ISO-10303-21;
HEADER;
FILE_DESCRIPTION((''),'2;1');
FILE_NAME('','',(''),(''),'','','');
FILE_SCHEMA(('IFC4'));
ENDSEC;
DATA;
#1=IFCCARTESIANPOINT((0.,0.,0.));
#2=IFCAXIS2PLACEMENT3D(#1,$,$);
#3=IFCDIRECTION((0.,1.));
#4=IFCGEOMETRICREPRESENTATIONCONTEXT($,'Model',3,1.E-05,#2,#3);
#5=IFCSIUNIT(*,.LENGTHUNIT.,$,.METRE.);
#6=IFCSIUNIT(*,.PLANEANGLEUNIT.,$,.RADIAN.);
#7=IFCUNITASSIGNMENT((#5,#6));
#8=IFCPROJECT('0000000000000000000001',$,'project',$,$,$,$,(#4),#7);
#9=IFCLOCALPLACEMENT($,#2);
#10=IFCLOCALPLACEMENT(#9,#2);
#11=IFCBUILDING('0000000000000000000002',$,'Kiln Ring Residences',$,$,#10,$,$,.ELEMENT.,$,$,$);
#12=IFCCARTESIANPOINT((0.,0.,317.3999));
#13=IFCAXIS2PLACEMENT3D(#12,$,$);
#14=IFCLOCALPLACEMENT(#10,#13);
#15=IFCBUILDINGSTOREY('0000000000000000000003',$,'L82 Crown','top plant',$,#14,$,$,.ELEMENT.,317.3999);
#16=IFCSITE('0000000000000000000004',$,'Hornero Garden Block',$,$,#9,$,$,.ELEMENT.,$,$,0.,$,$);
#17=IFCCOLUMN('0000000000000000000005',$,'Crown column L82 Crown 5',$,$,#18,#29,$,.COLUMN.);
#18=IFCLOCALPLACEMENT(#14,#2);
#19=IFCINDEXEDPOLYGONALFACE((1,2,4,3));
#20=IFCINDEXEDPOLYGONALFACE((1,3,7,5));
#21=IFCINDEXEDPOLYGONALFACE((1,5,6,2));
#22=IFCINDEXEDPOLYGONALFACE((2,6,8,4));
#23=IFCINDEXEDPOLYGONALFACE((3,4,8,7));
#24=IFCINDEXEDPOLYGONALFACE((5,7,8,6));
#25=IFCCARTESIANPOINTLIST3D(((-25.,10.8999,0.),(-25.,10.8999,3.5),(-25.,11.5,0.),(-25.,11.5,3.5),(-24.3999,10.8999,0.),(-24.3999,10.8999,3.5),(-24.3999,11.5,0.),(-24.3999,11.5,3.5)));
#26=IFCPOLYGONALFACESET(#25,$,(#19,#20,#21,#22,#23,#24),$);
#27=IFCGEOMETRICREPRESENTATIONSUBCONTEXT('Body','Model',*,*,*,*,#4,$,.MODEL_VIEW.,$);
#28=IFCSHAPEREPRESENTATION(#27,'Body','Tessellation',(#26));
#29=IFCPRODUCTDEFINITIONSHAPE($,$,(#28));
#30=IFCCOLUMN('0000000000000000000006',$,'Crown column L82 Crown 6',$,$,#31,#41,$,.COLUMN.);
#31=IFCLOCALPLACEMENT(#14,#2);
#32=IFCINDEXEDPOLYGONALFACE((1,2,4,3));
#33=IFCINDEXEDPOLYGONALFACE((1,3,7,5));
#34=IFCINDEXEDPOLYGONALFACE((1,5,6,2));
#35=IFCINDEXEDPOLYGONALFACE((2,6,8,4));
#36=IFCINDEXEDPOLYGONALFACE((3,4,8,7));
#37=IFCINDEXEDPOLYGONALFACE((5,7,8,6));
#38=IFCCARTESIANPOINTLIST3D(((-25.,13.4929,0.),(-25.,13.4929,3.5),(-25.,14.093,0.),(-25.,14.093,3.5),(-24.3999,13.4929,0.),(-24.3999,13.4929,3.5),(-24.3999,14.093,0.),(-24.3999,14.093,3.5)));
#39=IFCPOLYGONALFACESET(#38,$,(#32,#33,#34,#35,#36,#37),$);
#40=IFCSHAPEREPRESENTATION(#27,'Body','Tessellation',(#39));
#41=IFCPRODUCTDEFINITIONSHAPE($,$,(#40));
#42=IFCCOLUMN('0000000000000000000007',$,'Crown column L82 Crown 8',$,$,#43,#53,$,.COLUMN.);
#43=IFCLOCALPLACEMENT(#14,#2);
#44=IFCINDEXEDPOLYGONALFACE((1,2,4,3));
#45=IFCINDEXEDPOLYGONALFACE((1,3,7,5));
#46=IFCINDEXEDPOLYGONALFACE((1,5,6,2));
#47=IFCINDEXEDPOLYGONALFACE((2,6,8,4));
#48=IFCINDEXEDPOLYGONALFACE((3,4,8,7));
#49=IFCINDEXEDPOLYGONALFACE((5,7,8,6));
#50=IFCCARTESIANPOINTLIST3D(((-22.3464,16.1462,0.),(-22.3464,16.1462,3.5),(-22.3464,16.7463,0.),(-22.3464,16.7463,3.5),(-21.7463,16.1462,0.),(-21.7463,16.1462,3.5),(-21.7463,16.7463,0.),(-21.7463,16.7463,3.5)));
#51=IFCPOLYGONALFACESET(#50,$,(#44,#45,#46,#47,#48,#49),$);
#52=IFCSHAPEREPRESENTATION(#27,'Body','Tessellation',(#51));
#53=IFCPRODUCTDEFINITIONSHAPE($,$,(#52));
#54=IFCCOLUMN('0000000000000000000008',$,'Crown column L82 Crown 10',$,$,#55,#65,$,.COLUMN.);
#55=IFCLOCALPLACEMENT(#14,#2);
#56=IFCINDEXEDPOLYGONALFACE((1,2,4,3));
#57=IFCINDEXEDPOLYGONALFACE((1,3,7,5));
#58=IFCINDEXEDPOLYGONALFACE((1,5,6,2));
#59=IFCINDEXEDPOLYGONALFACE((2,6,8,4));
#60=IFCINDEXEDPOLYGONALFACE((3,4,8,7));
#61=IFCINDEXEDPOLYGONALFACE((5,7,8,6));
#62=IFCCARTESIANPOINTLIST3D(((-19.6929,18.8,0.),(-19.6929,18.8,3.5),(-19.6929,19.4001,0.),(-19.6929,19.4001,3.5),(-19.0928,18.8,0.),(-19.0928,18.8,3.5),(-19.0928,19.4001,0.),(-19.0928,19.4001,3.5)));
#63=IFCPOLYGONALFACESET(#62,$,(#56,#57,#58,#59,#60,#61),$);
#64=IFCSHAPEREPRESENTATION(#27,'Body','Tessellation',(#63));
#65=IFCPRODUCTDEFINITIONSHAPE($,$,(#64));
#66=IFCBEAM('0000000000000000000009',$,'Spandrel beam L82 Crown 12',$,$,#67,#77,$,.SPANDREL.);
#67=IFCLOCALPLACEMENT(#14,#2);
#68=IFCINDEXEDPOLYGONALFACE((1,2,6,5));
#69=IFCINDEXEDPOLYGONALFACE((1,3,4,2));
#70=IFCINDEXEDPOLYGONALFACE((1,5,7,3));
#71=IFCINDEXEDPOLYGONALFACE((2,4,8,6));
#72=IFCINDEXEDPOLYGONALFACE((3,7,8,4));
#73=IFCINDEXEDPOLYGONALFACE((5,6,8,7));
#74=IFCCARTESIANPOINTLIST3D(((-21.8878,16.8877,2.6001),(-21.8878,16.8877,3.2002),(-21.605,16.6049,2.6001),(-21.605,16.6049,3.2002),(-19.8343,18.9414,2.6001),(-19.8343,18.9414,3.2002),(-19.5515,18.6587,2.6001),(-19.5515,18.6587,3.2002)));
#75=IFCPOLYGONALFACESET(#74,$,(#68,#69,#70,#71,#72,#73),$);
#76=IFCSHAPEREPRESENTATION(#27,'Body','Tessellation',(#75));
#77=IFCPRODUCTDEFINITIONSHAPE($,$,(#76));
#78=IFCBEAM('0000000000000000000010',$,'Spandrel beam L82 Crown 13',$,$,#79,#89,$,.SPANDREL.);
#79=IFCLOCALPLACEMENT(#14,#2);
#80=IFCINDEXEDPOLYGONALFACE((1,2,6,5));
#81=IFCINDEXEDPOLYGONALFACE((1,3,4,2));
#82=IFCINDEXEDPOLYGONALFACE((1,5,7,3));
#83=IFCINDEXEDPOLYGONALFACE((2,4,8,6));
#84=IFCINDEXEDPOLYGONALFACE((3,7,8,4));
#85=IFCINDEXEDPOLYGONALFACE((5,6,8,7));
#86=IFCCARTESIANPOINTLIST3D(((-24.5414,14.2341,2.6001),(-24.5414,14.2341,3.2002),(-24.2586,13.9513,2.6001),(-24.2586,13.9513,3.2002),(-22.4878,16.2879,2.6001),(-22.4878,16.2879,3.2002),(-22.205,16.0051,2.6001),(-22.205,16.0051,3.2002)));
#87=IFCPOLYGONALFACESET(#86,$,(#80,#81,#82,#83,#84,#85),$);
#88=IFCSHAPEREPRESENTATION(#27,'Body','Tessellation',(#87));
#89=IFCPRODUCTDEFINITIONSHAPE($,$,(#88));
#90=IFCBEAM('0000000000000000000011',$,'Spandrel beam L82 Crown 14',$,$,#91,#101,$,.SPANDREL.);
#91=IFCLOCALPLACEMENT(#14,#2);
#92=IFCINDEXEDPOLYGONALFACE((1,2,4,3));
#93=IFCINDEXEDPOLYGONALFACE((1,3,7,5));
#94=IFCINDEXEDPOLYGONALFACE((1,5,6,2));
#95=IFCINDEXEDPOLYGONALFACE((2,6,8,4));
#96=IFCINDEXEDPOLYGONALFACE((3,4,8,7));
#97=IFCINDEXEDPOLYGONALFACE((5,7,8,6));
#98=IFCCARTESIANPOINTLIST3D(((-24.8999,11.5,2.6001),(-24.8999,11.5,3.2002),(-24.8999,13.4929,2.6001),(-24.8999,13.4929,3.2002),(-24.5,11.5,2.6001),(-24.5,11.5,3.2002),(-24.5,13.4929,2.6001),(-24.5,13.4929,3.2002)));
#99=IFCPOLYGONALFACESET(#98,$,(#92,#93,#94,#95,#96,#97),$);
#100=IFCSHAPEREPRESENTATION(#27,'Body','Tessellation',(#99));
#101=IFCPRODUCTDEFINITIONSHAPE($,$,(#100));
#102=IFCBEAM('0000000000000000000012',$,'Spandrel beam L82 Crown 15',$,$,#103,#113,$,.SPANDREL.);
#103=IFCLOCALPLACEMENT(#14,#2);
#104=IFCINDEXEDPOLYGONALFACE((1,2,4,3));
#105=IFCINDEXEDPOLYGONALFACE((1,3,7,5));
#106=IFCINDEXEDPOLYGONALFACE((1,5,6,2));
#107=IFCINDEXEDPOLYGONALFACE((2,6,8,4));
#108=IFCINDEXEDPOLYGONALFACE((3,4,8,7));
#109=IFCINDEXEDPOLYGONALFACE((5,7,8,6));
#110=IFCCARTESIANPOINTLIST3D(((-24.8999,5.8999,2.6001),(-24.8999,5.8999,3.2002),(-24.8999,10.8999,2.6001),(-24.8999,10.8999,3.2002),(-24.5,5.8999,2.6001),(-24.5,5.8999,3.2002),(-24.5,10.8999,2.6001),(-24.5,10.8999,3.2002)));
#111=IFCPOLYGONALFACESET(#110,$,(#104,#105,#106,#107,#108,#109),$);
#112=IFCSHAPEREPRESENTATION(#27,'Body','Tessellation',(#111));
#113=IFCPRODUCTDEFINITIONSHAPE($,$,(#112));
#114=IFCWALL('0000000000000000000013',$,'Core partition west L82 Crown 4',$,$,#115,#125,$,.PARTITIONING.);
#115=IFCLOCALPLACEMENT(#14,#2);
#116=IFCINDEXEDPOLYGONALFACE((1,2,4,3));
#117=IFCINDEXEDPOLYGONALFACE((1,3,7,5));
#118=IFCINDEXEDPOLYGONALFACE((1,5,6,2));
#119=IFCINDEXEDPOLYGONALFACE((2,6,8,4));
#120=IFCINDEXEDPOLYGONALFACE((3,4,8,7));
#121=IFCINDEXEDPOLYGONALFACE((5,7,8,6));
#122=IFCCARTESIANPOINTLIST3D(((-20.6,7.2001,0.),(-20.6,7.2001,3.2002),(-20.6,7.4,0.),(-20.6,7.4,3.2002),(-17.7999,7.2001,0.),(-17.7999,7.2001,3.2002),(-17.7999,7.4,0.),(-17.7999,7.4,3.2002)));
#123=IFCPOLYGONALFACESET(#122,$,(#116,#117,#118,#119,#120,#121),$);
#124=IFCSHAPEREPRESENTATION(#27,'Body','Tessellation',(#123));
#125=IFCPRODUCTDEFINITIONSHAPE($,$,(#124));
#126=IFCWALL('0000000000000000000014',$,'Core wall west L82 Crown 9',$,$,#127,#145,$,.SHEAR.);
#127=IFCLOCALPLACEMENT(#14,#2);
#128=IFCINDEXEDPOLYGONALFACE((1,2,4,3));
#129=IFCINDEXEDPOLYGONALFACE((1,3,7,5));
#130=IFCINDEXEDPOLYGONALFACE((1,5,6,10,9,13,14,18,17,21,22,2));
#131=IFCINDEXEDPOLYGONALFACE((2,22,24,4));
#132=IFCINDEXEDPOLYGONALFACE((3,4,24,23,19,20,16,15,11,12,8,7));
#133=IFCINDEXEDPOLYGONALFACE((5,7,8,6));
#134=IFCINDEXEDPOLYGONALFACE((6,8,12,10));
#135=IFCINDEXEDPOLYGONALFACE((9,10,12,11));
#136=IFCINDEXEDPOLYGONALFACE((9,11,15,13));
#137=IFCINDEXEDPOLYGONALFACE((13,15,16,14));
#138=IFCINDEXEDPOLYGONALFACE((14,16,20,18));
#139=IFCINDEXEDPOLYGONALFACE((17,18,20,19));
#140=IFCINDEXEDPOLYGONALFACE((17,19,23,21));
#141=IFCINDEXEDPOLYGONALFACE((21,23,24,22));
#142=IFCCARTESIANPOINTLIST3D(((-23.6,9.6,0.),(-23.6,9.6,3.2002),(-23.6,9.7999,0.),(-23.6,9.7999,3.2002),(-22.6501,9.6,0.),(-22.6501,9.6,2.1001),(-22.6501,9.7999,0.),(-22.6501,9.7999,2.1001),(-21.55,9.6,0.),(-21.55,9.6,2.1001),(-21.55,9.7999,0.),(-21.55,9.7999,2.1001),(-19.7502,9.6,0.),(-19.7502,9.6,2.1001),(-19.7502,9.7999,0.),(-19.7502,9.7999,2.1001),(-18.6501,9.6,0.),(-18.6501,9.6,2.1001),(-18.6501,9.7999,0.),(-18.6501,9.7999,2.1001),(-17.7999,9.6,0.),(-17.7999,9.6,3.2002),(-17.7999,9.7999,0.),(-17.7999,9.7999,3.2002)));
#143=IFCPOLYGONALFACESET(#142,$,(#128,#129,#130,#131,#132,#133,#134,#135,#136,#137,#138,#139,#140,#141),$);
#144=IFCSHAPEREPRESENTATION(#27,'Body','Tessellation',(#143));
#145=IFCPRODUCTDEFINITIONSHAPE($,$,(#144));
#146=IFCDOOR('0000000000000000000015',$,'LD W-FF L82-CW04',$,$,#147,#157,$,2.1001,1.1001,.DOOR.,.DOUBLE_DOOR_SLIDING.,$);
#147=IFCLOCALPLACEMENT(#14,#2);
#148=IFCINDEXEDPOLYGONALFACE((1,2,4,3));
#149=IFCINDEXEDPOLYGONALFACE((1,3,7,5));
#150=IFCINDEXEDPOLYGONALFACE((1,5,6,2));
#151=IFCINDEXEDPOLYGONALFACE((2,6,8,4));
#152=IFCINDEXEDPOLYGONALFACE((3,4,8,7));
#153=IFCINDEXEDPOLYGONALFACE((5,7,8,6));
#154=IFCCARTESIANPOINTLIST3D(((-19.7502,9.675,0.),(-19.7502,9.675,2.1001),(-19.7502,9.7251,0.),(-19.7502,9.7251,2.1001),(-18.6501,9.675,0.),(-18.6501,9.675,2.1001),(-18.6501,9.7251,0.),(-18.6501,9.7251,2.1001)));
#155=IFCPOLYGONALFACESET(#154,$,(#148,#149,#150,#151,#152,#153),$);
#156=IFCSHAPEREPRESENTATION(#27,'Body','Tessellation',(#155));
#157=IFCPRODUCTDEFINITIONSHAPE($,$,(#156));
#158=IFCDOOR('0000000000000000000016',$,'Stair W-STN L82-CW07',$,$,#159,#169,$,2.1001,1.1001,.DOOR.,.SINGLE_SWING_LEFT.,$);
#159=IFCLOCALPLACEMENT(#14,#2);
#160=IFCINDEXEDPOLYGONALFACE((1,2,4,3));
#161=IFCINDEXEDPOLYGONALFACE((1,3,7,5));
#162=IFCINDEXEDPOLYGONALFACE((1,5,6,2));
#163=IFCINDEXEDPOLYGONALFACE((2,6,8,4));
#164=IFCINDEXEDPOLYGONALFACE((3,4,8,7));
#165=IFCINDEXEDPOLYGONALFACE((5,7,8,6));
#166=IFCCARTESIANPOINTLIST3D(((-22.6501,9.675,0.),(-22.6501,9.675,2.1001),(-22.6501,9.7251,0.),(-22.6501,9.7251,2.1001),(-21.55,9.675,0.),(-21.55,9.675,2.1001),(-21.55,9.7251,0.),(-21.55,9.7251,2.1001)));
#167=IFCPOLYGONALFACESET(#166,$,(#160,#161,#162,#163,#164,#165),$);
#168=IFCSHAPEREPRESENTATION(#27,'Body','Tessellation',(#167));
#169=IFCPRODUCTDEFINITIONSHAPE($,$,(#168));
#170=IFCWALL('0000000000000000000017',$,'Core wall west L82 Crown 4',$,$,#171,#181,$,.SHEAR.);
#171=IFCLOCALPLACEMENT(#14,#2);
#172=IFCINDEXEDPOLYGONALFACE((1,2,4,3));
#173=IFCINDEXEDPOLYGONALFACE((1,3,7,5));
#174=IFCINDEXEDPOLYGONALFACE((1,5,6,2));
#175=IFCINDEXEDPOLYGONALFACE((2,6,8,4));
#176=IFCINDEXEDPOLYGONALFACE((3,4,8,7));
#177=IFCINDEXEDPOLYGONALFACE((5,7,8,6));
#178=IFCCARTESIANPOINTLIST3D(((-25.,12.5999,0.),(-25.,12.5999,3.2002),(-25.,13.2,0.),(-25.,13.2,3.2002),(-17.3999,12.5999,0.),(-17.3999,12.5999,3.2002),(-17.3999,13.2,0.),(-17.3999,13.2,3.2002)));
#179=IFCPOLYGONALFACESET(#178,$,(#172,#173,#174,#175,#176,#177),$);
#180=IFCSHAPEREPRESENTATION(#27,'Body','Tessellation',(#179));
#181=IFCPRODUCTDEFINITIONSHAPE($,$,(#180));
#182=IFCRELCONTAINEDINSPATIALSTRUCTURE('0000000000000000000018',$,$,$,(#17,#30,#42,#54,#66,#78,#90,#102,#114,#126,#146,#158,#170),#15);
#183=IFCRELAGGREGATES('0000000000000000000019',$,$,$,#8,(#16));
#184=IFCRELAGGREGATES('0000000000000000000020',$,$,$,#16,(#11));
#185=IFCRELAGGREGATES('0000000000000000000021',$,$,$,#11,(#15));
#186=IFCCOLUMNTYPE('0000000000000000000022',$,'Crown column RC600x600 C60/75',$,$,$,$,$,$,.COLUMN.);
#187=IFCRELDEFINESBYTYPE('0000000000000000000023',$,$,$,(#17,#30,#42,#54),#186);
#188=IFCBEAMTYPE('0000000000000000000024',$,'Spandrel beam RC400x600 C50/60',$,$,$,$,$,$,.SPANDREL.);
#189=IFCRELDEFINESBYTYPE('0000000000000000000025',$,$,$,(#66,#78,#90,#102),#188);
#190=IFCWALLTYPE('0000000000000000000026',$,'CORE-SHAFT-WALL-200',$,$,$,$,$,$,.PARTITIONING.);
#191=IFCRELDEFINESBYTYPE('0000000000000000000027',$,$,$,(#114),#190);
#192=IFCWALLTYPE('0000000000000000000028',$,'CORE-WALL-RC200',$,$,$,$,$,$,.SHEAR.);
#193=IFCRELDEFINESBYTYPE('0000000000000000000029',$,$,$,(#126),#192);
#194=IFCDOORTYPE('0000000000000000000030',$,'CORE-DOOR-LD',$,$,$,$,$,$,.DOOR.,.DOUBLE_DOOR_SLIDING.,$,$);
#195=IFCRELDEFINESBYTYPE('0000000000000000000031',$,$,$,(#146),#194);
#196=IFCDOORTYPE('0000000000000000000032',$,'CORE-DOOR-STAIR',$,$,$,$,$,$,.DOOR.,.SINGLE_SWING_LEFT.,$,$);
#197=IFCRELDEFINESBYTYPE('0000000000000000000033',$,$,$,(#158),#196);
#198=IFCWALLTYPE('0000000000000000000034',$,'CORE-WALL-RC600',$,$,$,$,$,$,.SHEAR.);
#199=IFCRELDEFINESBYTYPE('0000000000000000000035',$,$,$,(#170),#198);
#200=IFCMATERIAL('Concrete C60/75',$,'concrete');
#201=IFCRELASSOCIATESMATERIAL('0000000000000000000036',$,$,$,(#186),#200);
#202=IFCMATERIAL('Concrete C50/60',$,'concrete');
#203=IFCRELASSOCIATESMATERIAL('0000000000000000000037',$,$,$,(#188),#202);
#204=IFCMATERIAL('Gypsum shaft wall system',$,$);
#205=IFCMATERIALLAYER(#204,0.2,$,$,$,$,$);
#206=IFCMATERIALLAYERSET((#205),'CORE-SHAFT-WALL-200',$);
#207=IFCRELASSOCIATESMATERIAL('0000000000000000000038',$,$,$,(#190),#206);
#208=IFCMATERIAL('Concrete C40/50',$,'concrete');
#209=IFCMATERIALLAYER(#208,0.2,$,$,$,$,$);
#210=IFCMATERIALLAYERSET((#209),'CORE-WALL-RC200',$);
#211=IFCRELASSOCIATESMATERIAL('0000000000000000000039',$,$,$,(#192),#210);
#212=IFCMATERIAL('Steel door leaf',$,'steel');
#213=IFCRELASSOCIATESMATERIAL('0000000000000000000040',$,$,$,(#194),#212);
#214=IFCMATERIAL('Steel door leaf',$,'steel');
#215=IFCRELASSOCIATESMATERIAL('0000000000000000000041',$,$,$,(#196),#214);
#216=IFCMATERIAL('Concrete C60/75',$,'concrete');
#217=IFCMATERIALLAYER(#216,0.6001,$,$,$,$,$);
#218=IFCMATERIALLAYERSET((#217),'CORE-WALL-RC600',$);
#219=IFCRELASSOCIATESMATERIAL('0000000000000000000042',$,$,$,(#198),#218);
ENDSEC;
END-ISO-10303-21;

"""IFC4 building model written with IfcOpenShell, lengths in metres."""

from ifc_helpers import new_model, si_unit, direction, frame, frame_2d, origin, origin_2d, place, context, subcontext, project, spatial, rectangle, extrude, material, layer, layer_set, material_profile, profile_set, type_object, element, fill, save


model = new_model("IFC4")

# Units and contexts
model_context = context("Model", 3, precision=1e-05, world=origin(), true_north=direction((0.0, 1.0)))
body_context = subcontext(model_context, "Body", "Model", "MODEL_VIEW")
ifc_project = project(units=[si_unit("LENGTHUNIT", "METRE"), si_unit("PLANEANGLEUNIT", "RADIAN")], contexts=[model_context])

# Site, building, storey
site_placement = place(None, origin())
site = spatial("IfcSite", under=ifc_project, at=site_placement, Name="Hornero Garden Block", CompositionType="ELEMENT", RefElevation=0.0)
building_placement = place(site_placement, origin())
building = spatial("IfcBuilding", under=site, at=building_placement, Name="Kiln Ring Residences", CompositionType="ELEMENT")
storey_placement = place(building_placement, frame((0.0, 0.0, 317.3999)))
storey = spatial("IfcBuildingStorey", under=building, at=storey_placement, Name="L82 Crown", Description="top plant", CompositionType="ELEMENT", Elevation=317.3999)

# Columns
ifc_material_1 = material(Name="Concrete C60/75", Category="concrete")
ifc_material_profile_1 = material_profile(ifc_material_1, rectangle(XDim=0.6001, YDim=0.6001, at=origin_2d()), Name="RC600x600")
ifc_profile_set_1 = profile_set([ifc_material_profile_1], Name="Concrete C60/75")
column_type = type_object("IfcColumnType", Name="Crown column RC600x600 C60/75", PredefinedType="COLUMN", material=ifc_profile_set_1)
for number, where, z_axis, x_axis, name in (
    (1, (-24.7, 11.2, 0.0), (0.0, 0.0, 1.0), (1.0, 0.0, 0.0), "Crown column L82 Crown 5"),
    (2, (-24.7, 13.793, 0.0), (0.0, 0.0, 1.0), (1.0, 0.0, 0.0), "Crown column L82 Crown 6"),
    (3, (-22.0464, 16.4463, 0.0), (0.0, 0.0, 1.0), (1.0, 0.0, 0.0), "Crown column L82 Crown 8"),
    (4, (-19.3928, 19.1001, 0.0), (0.0, 0.0, 1.0), (1.0, 0.0, 0.0), "Crown column L82 Crown 10"),
):
    element("IfcColumn", number, at=place(storey_placement, frame(where, z_axis=z_axis, x_axis=x_axis)), inside=storey, type_object=column_type, Name=name, PredefinedType="COLUMN", context=body_context, shape_type="SweptSolid", body=[
        extrude(rectangle(XDim=0.6001, YDim=0.6001, at=origin_2d()), origin(), (0.0, 0.0, 1.0), 3.5),
    ])

# Beams
ifc_material_2 = material(Name="Concrete C50/60", Category="concrete")
ifc_material_profile_2 = material_profile(ifc_material_2, rectangle(XDim=0.3999, YDim=0.6001, at=origin_2d()), Name="RC400x600")
ifc_profile_set_2 = profile_set([ifc_material_profile_2], Name="Concrete C50/60")
beam_type = type_object("IfcBeamType", Name="Spandrel beam RC400x600 C50/60", PredefinedType="SPANDREL", material=ifc_profile_set_2)
for number, where, z_axis, x_axis, name in (
    (5, (-19.6929, 18.8, 2.9001), (-0.707065, -0.707149, 0.0), (0.707149, -0.707065, 0.0), "Spandrel beam L82 Crown 12"),
    (6, (-22.3464, 16.1465, 2.9001), (-0.707065, -0.707149, 0.0), (0.707149, -0.707065, 0.0), "Spandrel beam L82 Crown 13"),
):
    element("IfcBeam", number, at=place(storey_placement, frame(where, z_axis=z_axis, x_axis=x_axis)), inside=storey, type_object=beam_type, Name=name, PredefinedType="SPANDREL", context=body_context, shape_type="SweptSolid", body=[
        extrude(rectangle(XDim=0.3999, YDim=0.6001, at=origin_2d()), origin(), (0.0, 0.0, 1.0), 2.9043),
    ])
beam_1_placement = place(storey_placement, frame((-24.7, 13.4929, 2.9001), z_axis=(0.0, -1.0, 0.0), x_axis=(1.0, 0.0, 0.0)))
element("IfcBeam", 7, at=beam_1_placement, inside=storey, type_object=beam_type, Name="Spandrel beam L82 Crown 14", PredefinedType="SPANDREL", context=body_context, shape_type="SweptSolid", body=[
    extrude(rectangle(XDim=0.3999, YDim=0.6001, at=origin_2d()), origin(), (0.0, 0.0, 1.0), 1.9929),
])
beam_2_placement = place(storey_placement, frame((-24.7, 10.8999, 2.9001), z_axis=(0.0, -1.0, 0.0), x_axis=(1.0, 0.0, 0.0)))
element("IfcBeam", 8, at=beam_2_placement, inside=storey, type_object=beam_type, Name="Spandrel beam L82 Crown 15", PredefinedType="SPANDREL", context=body_context, shape_type="SweptSolid", body=[
    extrude(rectangle(XDim=0.3999, YDim=0.6001, at=origin_2d()), origin(), (0.0, 0.0, 1.0), 5.0),
])

# Wall
ifc_material_3 = material(Name="Gypsum shaft wall system")
ifc_layer_1 = layer(ifc_material_3, 0.2)
ifc_layer_set_1 = layer_set([ifc_layer_1], Name="CORE-SHAFT-WALL-200")
wall_type_1 = type_object("IfcWallType", Name="CORE-SHAFT-WALL-200", PredefinedType="PARTITIONING", material=ifc_layer_set_1)
wall_1_placement = place(storey_placement, frame((-17.8, 7.3, 0.0), z_axis=(0.0, 0.0, 1.0), x_axis=(-1.0, 0.0, 0.0)))
element("IfcWall", 9, at=wall_1_placement, inside=storey, type_object=wall_type_1, Name="Core partition west L82 Crown 4", PredefinedType="PARTITIONING", context=body_context, shape_type="SweptSolid", body=[
    extrude(rectangle(XDim=2.8, YDim=0.2, at=frame_2d((1.3999, 0.0))), origin(), (0.0, 0.0, 1.0), 3.2002),
])

# Wall, openings, doors
ifc_material_4 = material(Name="Concrete C40/50", Category="concrete")
ifc_layer_2 = layer(ifc_material_4, 0.2)
ifc_layer_set_2 = layer_set([ifc_layer_2], Name="CORE-WALL-RC200")
wall_type_2 = type_object("IfcWallType", Name="CORE-WALL-RC200", PredefinedType="SHEAR", material=ifc_layer_set_2)
wall_2_placement = place(storey_placement, frame((-17.8, 9.7, 0.0), z_axis=(0.0, 0.0, 1.0), x_axis=(-1.0, 0.0, 0.0)))
wall_2 = element("IfcWall", 10, at=wall_2_placement, inside=storey, type_object=wall_type_2, Name="Core wall west L82 Crown 9", PredefinedType="SHEAR", context=body_context, shape_type="SweptSolid", body=[
    extrude(rectangle(XDim=5.8, YDim=0.2, at=frame_2d((2.8999, 0.0))), origin(), (0.0, 0.0, 1.0), 3.2002),
])
opening_1_placement = place(wall_2_placement, frame((0.8501, 0.0, 0.0)))
opening_1 = element("IfcOpeningElement", 11, at=opening_1_placement, cuts=wall_2, PredefinedType="OPENING", context=body_context, shape_type="SweptSolid", body=[
    extrude(rectangle(XDim=1.1001, YDim=2.1001, at=frame_2d((0.55, 1.05))), frame((0.0, 0.1099, 0.0), z_axis=(0.0, -1.0, 0.0), x_axis=(1.0, 0.0, 0.0)), (0.0, 0.0, 1.0), 0.22),
])
opening_2_placement = place(wall_2_placement, frame((3.75, 0.0, 0.0)))
opening_2 = element("IfcOpeningElement", 12, at=opening_2_placement, cuts=wall_2, PredefinedType="OPENING", context=body_context, shape_type="SweptSolid", body=[
    extrude(rectangle(XDim=1.1001, YDim=2.1001, at=frame_2d((0.55, 1.05))), frame((0.0, 0.1099, 0.0), z_axis=(0.0, -1.0, 0.0), x_axis=(1.0, 0.0, 0.0)), (0.0, 0.0, 1.0), 0.22),
])
ifc_material_5 = material(Name="Steel door leaf", Category="steel")
door_type_1 = type_object("IfcDoorType", Name="CORE-DOOR-LD", OperationType="DOUBLE_DOOR_SLIDING", PredefinedType="DOOR", material=ifc_material_5)
door_1_placement = place(opening_1_placement, origin())
door_1 = element("IfcDoor", 13, at=door_1_placement, inside=storey, type_object=door_type_1, Name="LD W-FF L82-CW04", OperationType="DOUBLE_DOOR_SLIDING", OverallHeight=2.1001, OverallWidth=1.1001, PredefinedType="DOOR", context=body_context, shape_type="SweptSolid", body=[
    extrude(rectangle(XDim=1.1001, YDim=2.1001, at=frame_2d((0.55, 1.05))), frame((0.0, 0.0249, 0.0), z_axis=(0.0, -1.0, 0.0), x_axis=(1.0, 0.0, 0.0)), (0.0, 0.0, 1.0), 0.05),
])
fill(opening_1, door_1)
ifc_material_6 = material(Name="Steel door leaf", Category="steel")
door_type_2 = type_object("IfcDoorType", Name="CORE-DOOR-STAIR", OperationType="SINGLE_SWING_LEFT", PredefinedType="DOOR", material=ifc_material_6)
door_2_placement = place(opening_2_placement, origin())
door_2 = element("IfcDoor", 14, at=door_2_placement, inside=storey, type_object=door_type_2, Name="Stair W-STN L82-CW07", OperationType="SINGLE_SWING_LEFT", OverallHeight=2.1001, OverallWidth=1.1001, PredefinedType="DOOR", context=body_context, shape_type="SweptSolid", body=[
    extrude(rectangle(XDim=1.1001, YDim=2.1001, at=frame_2d((0.55, 1.05))), frame((0.0, 0.0249, 0.0), z_axis=(0.0, -1.0, 0.0), x_axis=(1.0, 0.0, 0.0)), (0.0, 0.0, 1.0), 0.05),
])
fill(opening_2, door_2)

# Wall
ifc_material_7 = material(Name="Concrete C60/75", Category="concrete")
ifc_layer_3 = layer(ifc_material_7, 0.6001)
ifc_layer_set_3 = layer_set([ifc_layer_3], Name="CORE-WALL-RC600")
wall_type_3 = type_object("IfcWallType", Name="CORE-WALL-RC600", PredefinedType="SHEAR", material=ifc_layer_set_3)
wall_3_placement = place(storey_placement, frame((-17.3999, 12.8999, 0.0), z_axis=(0.0, 0.0, 1.0), x_axis=(-1.0, 0.0, 0.0)))
element("IfcWall", 15, at=wall_3_placement, inside=storey, type_object=wall_type_3, Name="Core wall west L82 Crown 4", PredefinedType="SHEAR", context=body_context, shape_type="SweptSolid", body=[
    extrude(rectangle(XDim=7.6001, YDim=0.6001, at=frame_2d((3.8, 0.0))), origin(), (0.0, 0.0, 1.0), 3.2002),
])

save(model, "model.ifc")
